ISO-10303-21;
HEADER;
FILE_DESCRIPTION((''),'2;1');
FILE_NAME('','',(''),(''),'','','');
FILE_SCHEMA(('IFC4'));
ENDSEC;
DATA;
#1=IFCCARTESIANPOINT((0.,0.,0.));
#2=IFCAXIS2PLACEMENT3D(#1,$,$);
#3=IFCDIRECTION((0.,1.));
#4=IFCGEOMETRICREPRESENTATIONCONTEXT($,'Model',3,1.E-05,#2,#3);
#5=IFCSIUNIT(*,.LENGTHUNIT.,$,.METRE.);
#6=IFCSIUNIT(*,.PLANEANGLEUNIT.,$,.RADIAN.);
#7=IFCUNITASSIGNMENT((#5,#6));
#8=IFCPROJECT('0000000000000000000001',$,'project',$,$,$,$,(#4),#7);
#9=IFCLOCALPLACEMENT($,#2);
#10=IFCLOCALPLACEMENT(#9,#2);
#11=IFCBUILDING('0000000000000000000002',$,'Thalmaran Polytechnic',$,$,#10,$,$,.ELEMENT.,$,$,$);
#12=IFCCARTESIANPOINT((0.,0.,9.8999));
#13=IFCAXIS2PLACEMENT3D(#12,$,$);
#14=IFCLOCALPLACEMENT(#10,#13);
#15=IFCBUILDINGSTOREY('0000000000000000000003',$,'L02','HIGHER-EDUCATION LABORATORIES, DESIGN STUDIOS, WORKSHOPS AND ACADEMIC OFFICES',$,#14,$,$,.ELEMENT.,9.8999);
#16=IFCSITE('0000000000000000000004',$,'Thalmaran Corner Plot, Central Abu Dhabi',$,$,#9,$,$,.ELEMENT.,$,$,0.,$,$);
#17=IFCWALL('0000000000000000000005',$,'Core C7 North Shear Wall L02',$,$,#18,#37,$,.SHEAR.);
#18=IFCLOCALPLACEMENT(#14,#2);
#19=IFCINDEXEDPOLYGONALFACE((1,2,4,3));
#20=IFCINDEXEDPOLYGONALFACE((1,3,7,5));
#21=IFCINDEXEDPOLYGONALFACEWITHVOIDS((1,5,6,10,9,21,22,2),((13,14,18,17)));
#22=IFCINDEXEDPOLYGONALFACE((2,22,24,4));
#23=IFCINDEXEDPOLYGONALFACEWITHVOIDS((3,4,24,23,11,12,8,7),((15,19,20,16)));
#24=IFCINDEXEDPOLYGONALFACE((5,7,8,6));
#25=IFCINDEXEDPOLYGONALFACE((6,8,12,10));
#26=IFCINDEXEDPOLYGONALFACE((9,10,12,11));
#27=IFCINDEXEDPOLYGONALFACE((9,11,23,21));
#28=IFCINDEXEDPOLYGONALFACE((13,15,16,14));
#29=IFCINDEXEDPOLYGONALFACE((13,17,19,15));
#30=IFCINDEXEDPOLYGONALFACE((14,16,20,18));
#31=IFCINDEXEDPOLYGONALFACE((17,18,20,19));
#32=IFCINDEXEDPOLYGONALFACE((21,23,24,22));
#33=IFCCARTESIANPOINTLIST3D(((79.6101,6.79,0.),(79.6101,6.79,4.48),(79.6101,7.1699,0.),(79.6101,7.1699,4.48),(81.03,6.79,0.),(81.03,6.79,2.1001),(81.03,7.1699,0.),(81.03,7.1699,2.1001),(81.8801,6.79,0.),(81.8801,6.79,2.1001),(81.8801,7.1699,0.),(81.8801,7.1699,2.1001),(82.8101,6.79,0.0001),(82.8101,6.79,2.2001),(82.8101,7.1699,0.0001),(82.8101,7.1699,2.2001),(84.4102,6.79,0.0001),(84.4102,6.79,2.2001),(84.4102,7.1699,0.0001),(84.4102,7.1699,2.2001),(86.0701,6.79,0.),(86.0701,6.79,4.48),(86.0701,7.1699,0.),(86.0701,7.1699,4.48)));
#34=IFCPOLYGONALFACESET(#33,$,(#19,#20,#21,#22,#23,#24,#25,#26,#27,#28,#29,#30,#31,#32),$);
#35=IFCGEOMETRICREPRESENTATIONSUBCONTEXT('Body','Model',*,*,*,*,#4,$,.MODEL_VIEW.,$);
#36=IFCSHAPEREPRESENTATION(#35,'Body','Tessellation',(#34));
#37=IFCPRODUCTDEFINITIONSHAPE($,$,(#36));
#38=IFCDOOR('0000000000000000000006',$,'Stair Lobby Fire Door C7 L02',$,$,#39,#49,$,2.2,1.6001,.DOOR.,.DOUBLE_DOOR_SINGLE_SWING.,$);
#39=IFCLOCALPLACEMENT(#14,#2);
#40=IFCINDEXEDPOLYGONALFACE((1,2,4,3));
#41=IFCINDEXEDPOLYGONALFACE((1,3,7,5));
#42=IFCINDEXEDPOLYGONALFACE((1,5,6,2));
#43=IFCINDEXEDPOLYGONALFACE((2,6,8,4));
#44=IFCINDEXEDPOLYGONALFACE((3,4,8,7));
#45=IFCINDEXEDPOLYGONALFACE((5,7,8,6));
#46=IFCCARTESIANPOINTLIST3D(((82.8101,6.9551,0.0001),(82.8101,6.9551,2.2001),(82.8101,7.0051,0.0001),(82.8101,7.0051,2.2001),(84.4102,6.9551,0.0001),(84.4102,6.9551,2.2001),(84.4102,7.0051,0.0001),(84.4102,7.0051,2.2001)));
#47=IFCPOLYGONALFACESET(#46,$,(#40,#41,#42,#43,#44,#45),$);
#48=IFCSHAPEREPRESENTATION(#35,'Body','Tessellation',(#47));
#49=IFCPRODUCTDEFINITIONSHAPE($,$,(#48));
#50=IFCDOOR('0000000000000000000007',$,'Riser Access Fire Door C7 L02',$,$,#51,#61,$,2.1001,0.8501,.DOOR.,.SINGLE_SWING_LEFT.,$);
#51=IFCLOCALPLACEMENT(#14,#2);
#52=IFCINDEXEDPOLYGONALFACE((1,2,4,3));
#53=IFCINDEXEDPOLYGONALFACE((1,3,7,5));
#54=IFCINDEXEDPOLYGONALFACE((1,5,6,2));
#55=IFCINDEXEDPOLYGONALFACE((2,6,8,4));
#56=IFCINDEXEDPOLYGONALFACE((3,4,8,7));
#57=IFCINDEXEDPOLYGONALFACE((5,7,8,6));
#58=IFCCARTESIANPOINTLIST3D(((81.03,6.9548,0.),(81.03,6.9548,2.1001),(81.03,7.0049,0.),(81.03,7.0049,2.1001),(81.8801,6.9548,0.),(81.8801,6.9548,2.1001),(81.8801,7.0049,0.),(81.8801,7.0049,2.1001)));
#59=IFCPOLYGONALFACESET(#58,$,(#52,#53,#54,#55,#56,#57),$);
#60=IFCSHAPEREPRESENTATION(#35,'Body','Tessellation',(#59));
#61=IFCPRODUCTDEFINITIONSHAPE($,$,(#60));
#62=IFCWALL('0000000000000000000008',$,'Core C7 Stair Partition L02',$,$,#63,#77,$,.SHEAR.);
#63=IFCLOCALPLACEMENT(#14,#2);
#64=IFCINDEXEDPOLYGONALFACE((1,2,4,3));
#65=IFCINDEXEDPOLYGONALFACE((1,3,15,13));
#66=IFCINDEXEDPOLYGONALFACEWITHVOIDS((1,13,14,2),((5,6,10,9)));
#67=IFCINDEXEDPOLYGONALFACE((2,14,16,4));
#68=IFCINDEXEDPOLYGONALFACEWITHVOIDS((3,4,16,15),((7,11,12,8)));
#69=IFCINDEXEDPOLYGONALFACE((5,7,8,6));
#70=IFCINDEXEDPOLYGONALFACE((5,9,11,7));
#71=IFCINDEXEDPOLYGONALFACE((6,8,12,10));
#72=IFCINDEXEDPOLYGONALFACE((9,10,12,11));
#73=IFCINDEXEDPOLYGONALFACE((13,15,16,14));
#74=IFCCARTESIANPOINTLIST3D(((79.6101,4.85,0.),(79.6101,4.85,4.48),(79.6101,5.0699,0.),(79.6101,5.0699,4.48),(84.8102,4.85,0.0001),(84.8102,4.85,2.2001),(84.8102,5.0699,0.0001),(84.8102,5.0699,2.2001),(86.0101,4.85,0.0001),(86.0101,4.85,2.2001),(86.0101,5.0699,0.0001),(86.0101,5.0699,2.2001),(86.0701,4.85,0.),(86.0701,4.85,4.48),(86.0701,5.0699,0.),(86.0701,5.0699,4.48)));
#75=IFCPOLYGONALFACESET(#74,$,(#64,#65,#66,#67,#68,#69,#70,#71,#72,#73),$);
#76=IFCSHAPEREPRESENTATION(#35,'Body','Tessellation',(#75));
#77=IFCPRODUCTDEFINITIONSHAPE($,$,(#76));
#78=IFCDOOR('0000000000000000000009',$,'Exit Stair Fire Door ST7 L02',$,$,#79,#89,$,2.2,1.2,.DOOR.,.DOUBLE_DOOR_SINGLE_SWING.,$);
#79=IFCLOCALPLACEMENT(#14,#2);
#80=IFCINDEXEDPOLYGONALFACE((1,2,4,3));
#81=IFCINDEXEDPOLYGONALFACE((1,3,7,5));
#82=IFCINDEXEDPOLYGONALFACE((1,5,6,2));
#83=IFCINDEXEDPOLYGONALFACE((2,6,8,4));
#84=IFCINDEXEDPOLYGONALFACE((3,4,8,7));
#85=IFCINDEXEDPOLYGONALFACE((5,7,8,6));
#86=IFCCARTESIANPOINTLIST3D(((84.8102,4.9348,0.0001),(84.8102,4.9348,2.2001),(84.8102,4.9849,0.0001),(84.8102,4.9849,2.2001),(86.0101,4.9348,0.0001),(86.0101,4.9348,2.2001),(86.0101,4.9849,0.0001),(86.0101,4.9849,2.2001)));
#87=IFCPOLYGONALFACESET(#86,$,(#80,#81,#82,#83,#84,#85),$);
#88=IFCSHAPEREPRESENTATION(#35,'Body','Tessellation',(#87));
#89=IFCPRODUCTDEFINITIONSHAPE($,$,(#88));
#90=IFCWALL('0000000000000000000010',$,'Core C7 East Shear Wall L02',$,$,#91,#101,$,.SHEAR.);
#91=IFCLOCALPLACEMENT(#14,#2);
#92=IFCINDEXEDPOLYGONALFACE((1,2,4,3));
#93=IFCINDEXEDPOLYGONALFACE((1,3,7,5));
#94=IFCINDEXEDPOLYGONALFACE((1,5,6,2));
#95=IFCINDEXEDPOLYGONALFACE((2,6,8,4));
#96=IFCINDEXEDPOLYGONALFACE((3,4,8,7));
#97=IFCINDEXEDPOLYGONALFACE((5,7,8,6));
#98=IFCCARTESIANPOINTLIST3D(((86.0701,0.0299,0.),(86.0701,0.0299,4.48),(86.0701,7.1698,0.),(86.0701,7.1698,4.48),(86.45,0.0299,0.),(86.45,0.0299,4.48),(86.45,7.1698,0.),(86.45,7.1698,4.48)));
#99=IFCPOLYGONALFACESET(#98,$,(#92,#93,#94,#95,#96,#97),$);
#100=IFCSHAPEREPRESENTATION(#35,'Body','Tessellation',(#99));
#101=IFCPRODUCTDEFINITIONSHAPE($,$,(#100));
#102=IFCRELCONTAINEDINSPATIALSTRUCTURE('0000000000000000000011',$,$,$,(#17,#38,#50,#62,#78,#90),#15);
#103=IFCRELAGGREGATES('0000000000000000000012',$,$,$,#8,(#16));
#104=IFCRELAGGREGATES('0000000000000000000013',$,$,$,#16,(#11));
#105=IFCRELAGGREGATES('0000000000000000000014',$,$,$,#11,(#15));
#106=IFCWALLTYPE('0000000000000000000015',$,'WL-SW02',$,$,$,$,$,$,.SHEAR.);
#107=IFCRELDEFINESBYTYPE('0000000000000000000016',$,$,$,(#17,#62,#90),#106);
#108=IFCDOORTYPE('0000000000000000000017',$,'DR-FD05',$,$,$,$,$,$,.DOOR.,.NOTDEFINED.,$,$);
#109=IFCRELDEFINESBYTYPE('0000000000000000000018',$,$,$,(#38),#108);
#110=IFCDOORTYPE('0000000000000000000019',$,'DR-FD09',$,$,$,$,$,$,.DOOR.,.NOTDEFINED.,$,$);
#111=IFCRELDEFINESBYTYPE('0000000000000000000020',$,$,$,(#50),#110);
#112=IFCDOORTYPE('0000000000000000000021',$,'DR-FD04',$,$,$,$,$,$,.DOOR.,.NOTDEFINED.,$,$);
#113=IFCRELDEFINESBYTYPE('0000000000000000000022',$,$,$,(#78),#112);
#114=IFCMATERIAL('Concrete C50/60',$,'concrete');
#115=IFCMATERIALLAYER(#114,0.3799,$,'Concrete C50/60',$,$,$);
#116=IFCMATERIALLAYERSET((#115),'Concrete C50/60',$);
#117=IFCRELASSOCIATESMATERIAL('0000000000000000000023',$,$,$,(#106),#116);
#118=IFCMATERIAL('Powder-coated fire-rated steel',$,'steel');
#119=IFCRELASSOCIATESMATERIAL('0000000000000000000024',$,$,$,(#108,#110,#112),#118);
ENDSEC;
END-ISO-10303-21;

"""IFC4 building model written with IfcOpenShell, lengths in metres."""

from ifc_helpers import new_model, si_unit, direction, frame, frame_2d, origin, place, context, subcontext, project, spatial, rectangle, extrude, material, layer, layer_set, type_object, element, fill, save


model = new_model("IFC4")

# Units and contexts
model_context = context("Model", 3, precision=1e-05, world=origin(), true_north=direction((0.0, 1.0)))
body_context = subcontext(model_context, "Body", "Model", "MODEL_VIEW")
ifc_project = project(units=[si_unit("LENGTHUNIT", "METRE"), si_unit("PLANEANGLEUNIT", "RADIAN")], contexts=[model_context])

# Site, building, storey
site_placement = place(None, origin())
site = spatial("IfcSite", under=ifc_project, at=site_placement, Name="Thalmaran Corner Plot, Central Abu Dhabi", CompositionType="ELEMENT", RefElevation=0.0)
building_placement = place(site_placement, origin())
building = spatial("IfcBuilding", under=site, at=building_placement, Name="Thalmaran Polytechnic", CompositionType="ELEMENT")
storey_placement = place(building_placement, frame((0.0, 0.0, 9.8999)))
storey = spatial("IfcBuildingStorey", under=building, at=storey_placement, Name="L02", Description="HIGHER-EDUCATION LABORATORIES, DESIGN STUDIOS, WORKSHOPS AND ACADEMIC OFFICES", CompositionType="ELEMENT", Elevation=9.8999)

# Shared definitions
ifc_material_1 = material(Name="Concrete C50/60", Category="concrete")

# Shared definitions
ifc_layer_1 = layer(ifc_material_1, 0.3799, Name="Concrete C50/60")
ifc_layer_set_1 = layer_set([ifc_layer_1], Name="Concrete C50/60")
wall_type_1 = type_object("IfcWallType", Name="WL-SW02", PredefinedType="SHEAR", material=ifc_layer_set_1)

# Wall, openings, doors
wall_1_placement = place(storey_placement, frame((79.6101, 6.98, 0.0), z_axis=(0.0, 0.0, 1.0), x_axis=(1.0, 0.0, 0.0)))
wall_1 = element("IfcWall", 1, at=wall_1_placement, inside=storey, type_object=wall_type_1, Name="Core C7 North Shear Wall L02", PredefinedType="SHEAR", context=body_context, shape_type="SweptSolid", body=[
    extrude(rectangle(XDim=6.46, YDim=0.3799, at=frame_2d((3.23, 0.0))), origin(), (0.0, 0.0, 1.0), 4.48),
])
opening_1_placement = place(wall_1_placement, frame((1.4199, 0.0, 0.0)))
opening_1 = element("IfcOpeningElement", 2, at=opening_1_placement, cuts=wall_1, PredefinedType="OPENING", context=body_context, shape_type="SweptSolid", body=[
    extrude(rectangle(XDim=0.8501, YDim=2.1001, at=frame_2d((0.425, 1.05))), frame((0.0, 0.2, 0.0), z_axis=(0.0, -1.0, 0.0), x_axis=(1.0, 0.0, 0.0)), (0.0, 0.0, 1.0), 0.3999),
])
opening_2_placement = place(wall_1_placement, frame((3.2, 0.0, 0.0)))
opening_2 = element("IfcOpeningElement", 3, at=opening_2_placement, cuts=wall_1, PredefinedType="OPENING", context=body_context, shape_type="SweptSolid", body=[
    extrude(rectangle(XDim=1.6001, YDim=2.2, at=frame_2d((0.8, 1.1001))), frame((0.0, 0.2, 0.0), z_axis=(0.0, -1.0, 0.0), x_axis=(1.0, 0.0, 0.0)), (0.0, 0.0, 1.0), 0.3999),
])
ifc_material_2 = material(Name="Powder-coated fire-rated steel", Category="steel")
door_type_1 = type_object("IfcDoorType", Name="DR-FD05", OperationType="NOTDEFINED", PredefinedType="DOOR", material=ifc_material_2)
door_1_placement = place(opening_2_placement, frame((1.6001, 0.0, 0.0), z_axis=(0.0, 0.0, 1.0), x_axis=(-1.0, 0.0, 0.0)))
door_1 = element("IfcDoor", 4, at=door_1_placement, inside=storey, type_object=door_type_1, Name="Stair Lobby Fire Door C7 L02", OperationType="DOUBLE_DOOR_SINGLE_SWING", OverallHeight=2.2, OverallWidth=1.6001, PredefinedType="DOOR", context=body_context, shape_type="SweptSolid", body=[
    extrude(rectangle(XDim=1.6001, YDim=2.2, at=frame_2d((0.8, 1.1001))), frame((0.0, 0.0249, 0.0), z_axis=(0.0, -1.0, 0.0), x_axis=(1.0, 0.0, 0.0)), (0.0, 0.0, 1.0), 0.05),
])
fill(opening_2, door_1)
door_type_2 = type_object("IfcDoorType", Name="DR-FD09", OperationType="NOTDEFINED", PredefinedType="DOOR", material=ifc_material_2)
door_2_placement = place(opening_1_placement, origin())
door_2 = element("IfcDoor", 5, at=door_2_placement, inside=storey, type_object=door_type_2, Name="Riser Access Fire Door C7 L02", OperationType="SINGLE_SWING_LEFT", OverallHeight=2.1001, OverallWidth=0.8501, PredefinedType="DOOR", context=body_context, shape_type="SweptSolid", body=[
    extrude(rectangle(XDim=0.8501, YDim=2.1001, at=frame_2d((0.425, 1.05))), frame((0.0, 0.0249, 0.0), z_axis=(0.0, -1.0, 0.0), x_axis=(1.0, 0.0, 0.0)), (0.0, 0.0, 1.0), 0.05),
])
fill(opening_1, door_2)

# Wall, opening, door
wall_2_placement = place(storey_placement, frame((79.6101, 4.96, 0.0), z_axis=(0.0, 0.0, 1.0), x_axis=(1.0, 0.0, 0.0)))
wall_2 = element("IfcWall", 6, at=wall_2_placement, inside=storey, type_object=wall_type_1, Name="Core C7 Stair Partition L02", PredefinedType="SHEAR", context=body_context, shape_type="SweptSolid", body=[
    extrude(rectangle(XDim=6.46, YDim=0.22, at=frame_2d((3.23, 0.0))), origin(), (0.0, 0.0, 1.0), 4.48),
])
opening_3_placement = place(wall_2_placement, frame((5.2, 0.0, 0.0)))
opening_3 = element("IfcOpeningElement", 7, at=opening_3_placement, cuts=wall_2, PredefinedType="OPENING", context=body_context, shape_type="SweptSolid", body=[
    extrude(rectangle(XDim=1.2, YDim=2.2, at=frame_2d((0.6001, 1.1001))), frame((0.0, 0.1199, 0.0), z_axis=(0.0, -1.0, 0.0), x_axis=(1.0, 0.0, 0.0)), (0.0, 0.0, 1.0), 0.24),
])
door_type_3 = type_object("IfcDoorType", Name="DR-FD04", OperationType="NOTDEFINED", PredefinedType="DOOR", material=ifc_material_2)
door_3_placement = place(opening_3_placement, origin())
door_3 = element("IfcDoor", 8, at=door_3_placement, inside=storey, type_object=door_type_3, Name="Exit Stair Fire Door ST7 L02", OperationType="DOUBLE_DOOR_SINGLE_SWING", OverallHeight=2.2, OverallWidth=1.2, PredefinedType="DOOR", context=body_context, shape_type="SweptSolid", body=[
    extrude(rectangle(XDim=1.2, YDim=2.2, at=frame_2d((0.6001, 1.1001))), frame((0.0, 0.0249, 0.0), z_axis=(0.0, -1.0, 0.0), x_axis=(1.0, 0.0, 0.0)), (0.0, 0.0, 1.0), 0.05),
])
fill(opening_3, door_3)

# Wall
wall_3_placement = place(storey_placement, frame((86.26, 0.03, 0.0), z_axis=(0.0, 0.0, 1.0), x_axis=(0.0, 1.0, 0.0)))
element("IfcWall", 9, at=wall_3_placement, inside=storey, type_object=wall_type_1, Name="Core C7 East Shear Wall L02", PredefinedType="SHEAR", context=body_context, shape_type="SweptSolid", body=[
    extrude(rectangle(XDim=7.1399, YDim=0.3799, at=frame_2d((3.5698, 0.0))), origin(), (0.0, 0.0, 1.0), 4.48),
])

save(model, "model.ifc")
